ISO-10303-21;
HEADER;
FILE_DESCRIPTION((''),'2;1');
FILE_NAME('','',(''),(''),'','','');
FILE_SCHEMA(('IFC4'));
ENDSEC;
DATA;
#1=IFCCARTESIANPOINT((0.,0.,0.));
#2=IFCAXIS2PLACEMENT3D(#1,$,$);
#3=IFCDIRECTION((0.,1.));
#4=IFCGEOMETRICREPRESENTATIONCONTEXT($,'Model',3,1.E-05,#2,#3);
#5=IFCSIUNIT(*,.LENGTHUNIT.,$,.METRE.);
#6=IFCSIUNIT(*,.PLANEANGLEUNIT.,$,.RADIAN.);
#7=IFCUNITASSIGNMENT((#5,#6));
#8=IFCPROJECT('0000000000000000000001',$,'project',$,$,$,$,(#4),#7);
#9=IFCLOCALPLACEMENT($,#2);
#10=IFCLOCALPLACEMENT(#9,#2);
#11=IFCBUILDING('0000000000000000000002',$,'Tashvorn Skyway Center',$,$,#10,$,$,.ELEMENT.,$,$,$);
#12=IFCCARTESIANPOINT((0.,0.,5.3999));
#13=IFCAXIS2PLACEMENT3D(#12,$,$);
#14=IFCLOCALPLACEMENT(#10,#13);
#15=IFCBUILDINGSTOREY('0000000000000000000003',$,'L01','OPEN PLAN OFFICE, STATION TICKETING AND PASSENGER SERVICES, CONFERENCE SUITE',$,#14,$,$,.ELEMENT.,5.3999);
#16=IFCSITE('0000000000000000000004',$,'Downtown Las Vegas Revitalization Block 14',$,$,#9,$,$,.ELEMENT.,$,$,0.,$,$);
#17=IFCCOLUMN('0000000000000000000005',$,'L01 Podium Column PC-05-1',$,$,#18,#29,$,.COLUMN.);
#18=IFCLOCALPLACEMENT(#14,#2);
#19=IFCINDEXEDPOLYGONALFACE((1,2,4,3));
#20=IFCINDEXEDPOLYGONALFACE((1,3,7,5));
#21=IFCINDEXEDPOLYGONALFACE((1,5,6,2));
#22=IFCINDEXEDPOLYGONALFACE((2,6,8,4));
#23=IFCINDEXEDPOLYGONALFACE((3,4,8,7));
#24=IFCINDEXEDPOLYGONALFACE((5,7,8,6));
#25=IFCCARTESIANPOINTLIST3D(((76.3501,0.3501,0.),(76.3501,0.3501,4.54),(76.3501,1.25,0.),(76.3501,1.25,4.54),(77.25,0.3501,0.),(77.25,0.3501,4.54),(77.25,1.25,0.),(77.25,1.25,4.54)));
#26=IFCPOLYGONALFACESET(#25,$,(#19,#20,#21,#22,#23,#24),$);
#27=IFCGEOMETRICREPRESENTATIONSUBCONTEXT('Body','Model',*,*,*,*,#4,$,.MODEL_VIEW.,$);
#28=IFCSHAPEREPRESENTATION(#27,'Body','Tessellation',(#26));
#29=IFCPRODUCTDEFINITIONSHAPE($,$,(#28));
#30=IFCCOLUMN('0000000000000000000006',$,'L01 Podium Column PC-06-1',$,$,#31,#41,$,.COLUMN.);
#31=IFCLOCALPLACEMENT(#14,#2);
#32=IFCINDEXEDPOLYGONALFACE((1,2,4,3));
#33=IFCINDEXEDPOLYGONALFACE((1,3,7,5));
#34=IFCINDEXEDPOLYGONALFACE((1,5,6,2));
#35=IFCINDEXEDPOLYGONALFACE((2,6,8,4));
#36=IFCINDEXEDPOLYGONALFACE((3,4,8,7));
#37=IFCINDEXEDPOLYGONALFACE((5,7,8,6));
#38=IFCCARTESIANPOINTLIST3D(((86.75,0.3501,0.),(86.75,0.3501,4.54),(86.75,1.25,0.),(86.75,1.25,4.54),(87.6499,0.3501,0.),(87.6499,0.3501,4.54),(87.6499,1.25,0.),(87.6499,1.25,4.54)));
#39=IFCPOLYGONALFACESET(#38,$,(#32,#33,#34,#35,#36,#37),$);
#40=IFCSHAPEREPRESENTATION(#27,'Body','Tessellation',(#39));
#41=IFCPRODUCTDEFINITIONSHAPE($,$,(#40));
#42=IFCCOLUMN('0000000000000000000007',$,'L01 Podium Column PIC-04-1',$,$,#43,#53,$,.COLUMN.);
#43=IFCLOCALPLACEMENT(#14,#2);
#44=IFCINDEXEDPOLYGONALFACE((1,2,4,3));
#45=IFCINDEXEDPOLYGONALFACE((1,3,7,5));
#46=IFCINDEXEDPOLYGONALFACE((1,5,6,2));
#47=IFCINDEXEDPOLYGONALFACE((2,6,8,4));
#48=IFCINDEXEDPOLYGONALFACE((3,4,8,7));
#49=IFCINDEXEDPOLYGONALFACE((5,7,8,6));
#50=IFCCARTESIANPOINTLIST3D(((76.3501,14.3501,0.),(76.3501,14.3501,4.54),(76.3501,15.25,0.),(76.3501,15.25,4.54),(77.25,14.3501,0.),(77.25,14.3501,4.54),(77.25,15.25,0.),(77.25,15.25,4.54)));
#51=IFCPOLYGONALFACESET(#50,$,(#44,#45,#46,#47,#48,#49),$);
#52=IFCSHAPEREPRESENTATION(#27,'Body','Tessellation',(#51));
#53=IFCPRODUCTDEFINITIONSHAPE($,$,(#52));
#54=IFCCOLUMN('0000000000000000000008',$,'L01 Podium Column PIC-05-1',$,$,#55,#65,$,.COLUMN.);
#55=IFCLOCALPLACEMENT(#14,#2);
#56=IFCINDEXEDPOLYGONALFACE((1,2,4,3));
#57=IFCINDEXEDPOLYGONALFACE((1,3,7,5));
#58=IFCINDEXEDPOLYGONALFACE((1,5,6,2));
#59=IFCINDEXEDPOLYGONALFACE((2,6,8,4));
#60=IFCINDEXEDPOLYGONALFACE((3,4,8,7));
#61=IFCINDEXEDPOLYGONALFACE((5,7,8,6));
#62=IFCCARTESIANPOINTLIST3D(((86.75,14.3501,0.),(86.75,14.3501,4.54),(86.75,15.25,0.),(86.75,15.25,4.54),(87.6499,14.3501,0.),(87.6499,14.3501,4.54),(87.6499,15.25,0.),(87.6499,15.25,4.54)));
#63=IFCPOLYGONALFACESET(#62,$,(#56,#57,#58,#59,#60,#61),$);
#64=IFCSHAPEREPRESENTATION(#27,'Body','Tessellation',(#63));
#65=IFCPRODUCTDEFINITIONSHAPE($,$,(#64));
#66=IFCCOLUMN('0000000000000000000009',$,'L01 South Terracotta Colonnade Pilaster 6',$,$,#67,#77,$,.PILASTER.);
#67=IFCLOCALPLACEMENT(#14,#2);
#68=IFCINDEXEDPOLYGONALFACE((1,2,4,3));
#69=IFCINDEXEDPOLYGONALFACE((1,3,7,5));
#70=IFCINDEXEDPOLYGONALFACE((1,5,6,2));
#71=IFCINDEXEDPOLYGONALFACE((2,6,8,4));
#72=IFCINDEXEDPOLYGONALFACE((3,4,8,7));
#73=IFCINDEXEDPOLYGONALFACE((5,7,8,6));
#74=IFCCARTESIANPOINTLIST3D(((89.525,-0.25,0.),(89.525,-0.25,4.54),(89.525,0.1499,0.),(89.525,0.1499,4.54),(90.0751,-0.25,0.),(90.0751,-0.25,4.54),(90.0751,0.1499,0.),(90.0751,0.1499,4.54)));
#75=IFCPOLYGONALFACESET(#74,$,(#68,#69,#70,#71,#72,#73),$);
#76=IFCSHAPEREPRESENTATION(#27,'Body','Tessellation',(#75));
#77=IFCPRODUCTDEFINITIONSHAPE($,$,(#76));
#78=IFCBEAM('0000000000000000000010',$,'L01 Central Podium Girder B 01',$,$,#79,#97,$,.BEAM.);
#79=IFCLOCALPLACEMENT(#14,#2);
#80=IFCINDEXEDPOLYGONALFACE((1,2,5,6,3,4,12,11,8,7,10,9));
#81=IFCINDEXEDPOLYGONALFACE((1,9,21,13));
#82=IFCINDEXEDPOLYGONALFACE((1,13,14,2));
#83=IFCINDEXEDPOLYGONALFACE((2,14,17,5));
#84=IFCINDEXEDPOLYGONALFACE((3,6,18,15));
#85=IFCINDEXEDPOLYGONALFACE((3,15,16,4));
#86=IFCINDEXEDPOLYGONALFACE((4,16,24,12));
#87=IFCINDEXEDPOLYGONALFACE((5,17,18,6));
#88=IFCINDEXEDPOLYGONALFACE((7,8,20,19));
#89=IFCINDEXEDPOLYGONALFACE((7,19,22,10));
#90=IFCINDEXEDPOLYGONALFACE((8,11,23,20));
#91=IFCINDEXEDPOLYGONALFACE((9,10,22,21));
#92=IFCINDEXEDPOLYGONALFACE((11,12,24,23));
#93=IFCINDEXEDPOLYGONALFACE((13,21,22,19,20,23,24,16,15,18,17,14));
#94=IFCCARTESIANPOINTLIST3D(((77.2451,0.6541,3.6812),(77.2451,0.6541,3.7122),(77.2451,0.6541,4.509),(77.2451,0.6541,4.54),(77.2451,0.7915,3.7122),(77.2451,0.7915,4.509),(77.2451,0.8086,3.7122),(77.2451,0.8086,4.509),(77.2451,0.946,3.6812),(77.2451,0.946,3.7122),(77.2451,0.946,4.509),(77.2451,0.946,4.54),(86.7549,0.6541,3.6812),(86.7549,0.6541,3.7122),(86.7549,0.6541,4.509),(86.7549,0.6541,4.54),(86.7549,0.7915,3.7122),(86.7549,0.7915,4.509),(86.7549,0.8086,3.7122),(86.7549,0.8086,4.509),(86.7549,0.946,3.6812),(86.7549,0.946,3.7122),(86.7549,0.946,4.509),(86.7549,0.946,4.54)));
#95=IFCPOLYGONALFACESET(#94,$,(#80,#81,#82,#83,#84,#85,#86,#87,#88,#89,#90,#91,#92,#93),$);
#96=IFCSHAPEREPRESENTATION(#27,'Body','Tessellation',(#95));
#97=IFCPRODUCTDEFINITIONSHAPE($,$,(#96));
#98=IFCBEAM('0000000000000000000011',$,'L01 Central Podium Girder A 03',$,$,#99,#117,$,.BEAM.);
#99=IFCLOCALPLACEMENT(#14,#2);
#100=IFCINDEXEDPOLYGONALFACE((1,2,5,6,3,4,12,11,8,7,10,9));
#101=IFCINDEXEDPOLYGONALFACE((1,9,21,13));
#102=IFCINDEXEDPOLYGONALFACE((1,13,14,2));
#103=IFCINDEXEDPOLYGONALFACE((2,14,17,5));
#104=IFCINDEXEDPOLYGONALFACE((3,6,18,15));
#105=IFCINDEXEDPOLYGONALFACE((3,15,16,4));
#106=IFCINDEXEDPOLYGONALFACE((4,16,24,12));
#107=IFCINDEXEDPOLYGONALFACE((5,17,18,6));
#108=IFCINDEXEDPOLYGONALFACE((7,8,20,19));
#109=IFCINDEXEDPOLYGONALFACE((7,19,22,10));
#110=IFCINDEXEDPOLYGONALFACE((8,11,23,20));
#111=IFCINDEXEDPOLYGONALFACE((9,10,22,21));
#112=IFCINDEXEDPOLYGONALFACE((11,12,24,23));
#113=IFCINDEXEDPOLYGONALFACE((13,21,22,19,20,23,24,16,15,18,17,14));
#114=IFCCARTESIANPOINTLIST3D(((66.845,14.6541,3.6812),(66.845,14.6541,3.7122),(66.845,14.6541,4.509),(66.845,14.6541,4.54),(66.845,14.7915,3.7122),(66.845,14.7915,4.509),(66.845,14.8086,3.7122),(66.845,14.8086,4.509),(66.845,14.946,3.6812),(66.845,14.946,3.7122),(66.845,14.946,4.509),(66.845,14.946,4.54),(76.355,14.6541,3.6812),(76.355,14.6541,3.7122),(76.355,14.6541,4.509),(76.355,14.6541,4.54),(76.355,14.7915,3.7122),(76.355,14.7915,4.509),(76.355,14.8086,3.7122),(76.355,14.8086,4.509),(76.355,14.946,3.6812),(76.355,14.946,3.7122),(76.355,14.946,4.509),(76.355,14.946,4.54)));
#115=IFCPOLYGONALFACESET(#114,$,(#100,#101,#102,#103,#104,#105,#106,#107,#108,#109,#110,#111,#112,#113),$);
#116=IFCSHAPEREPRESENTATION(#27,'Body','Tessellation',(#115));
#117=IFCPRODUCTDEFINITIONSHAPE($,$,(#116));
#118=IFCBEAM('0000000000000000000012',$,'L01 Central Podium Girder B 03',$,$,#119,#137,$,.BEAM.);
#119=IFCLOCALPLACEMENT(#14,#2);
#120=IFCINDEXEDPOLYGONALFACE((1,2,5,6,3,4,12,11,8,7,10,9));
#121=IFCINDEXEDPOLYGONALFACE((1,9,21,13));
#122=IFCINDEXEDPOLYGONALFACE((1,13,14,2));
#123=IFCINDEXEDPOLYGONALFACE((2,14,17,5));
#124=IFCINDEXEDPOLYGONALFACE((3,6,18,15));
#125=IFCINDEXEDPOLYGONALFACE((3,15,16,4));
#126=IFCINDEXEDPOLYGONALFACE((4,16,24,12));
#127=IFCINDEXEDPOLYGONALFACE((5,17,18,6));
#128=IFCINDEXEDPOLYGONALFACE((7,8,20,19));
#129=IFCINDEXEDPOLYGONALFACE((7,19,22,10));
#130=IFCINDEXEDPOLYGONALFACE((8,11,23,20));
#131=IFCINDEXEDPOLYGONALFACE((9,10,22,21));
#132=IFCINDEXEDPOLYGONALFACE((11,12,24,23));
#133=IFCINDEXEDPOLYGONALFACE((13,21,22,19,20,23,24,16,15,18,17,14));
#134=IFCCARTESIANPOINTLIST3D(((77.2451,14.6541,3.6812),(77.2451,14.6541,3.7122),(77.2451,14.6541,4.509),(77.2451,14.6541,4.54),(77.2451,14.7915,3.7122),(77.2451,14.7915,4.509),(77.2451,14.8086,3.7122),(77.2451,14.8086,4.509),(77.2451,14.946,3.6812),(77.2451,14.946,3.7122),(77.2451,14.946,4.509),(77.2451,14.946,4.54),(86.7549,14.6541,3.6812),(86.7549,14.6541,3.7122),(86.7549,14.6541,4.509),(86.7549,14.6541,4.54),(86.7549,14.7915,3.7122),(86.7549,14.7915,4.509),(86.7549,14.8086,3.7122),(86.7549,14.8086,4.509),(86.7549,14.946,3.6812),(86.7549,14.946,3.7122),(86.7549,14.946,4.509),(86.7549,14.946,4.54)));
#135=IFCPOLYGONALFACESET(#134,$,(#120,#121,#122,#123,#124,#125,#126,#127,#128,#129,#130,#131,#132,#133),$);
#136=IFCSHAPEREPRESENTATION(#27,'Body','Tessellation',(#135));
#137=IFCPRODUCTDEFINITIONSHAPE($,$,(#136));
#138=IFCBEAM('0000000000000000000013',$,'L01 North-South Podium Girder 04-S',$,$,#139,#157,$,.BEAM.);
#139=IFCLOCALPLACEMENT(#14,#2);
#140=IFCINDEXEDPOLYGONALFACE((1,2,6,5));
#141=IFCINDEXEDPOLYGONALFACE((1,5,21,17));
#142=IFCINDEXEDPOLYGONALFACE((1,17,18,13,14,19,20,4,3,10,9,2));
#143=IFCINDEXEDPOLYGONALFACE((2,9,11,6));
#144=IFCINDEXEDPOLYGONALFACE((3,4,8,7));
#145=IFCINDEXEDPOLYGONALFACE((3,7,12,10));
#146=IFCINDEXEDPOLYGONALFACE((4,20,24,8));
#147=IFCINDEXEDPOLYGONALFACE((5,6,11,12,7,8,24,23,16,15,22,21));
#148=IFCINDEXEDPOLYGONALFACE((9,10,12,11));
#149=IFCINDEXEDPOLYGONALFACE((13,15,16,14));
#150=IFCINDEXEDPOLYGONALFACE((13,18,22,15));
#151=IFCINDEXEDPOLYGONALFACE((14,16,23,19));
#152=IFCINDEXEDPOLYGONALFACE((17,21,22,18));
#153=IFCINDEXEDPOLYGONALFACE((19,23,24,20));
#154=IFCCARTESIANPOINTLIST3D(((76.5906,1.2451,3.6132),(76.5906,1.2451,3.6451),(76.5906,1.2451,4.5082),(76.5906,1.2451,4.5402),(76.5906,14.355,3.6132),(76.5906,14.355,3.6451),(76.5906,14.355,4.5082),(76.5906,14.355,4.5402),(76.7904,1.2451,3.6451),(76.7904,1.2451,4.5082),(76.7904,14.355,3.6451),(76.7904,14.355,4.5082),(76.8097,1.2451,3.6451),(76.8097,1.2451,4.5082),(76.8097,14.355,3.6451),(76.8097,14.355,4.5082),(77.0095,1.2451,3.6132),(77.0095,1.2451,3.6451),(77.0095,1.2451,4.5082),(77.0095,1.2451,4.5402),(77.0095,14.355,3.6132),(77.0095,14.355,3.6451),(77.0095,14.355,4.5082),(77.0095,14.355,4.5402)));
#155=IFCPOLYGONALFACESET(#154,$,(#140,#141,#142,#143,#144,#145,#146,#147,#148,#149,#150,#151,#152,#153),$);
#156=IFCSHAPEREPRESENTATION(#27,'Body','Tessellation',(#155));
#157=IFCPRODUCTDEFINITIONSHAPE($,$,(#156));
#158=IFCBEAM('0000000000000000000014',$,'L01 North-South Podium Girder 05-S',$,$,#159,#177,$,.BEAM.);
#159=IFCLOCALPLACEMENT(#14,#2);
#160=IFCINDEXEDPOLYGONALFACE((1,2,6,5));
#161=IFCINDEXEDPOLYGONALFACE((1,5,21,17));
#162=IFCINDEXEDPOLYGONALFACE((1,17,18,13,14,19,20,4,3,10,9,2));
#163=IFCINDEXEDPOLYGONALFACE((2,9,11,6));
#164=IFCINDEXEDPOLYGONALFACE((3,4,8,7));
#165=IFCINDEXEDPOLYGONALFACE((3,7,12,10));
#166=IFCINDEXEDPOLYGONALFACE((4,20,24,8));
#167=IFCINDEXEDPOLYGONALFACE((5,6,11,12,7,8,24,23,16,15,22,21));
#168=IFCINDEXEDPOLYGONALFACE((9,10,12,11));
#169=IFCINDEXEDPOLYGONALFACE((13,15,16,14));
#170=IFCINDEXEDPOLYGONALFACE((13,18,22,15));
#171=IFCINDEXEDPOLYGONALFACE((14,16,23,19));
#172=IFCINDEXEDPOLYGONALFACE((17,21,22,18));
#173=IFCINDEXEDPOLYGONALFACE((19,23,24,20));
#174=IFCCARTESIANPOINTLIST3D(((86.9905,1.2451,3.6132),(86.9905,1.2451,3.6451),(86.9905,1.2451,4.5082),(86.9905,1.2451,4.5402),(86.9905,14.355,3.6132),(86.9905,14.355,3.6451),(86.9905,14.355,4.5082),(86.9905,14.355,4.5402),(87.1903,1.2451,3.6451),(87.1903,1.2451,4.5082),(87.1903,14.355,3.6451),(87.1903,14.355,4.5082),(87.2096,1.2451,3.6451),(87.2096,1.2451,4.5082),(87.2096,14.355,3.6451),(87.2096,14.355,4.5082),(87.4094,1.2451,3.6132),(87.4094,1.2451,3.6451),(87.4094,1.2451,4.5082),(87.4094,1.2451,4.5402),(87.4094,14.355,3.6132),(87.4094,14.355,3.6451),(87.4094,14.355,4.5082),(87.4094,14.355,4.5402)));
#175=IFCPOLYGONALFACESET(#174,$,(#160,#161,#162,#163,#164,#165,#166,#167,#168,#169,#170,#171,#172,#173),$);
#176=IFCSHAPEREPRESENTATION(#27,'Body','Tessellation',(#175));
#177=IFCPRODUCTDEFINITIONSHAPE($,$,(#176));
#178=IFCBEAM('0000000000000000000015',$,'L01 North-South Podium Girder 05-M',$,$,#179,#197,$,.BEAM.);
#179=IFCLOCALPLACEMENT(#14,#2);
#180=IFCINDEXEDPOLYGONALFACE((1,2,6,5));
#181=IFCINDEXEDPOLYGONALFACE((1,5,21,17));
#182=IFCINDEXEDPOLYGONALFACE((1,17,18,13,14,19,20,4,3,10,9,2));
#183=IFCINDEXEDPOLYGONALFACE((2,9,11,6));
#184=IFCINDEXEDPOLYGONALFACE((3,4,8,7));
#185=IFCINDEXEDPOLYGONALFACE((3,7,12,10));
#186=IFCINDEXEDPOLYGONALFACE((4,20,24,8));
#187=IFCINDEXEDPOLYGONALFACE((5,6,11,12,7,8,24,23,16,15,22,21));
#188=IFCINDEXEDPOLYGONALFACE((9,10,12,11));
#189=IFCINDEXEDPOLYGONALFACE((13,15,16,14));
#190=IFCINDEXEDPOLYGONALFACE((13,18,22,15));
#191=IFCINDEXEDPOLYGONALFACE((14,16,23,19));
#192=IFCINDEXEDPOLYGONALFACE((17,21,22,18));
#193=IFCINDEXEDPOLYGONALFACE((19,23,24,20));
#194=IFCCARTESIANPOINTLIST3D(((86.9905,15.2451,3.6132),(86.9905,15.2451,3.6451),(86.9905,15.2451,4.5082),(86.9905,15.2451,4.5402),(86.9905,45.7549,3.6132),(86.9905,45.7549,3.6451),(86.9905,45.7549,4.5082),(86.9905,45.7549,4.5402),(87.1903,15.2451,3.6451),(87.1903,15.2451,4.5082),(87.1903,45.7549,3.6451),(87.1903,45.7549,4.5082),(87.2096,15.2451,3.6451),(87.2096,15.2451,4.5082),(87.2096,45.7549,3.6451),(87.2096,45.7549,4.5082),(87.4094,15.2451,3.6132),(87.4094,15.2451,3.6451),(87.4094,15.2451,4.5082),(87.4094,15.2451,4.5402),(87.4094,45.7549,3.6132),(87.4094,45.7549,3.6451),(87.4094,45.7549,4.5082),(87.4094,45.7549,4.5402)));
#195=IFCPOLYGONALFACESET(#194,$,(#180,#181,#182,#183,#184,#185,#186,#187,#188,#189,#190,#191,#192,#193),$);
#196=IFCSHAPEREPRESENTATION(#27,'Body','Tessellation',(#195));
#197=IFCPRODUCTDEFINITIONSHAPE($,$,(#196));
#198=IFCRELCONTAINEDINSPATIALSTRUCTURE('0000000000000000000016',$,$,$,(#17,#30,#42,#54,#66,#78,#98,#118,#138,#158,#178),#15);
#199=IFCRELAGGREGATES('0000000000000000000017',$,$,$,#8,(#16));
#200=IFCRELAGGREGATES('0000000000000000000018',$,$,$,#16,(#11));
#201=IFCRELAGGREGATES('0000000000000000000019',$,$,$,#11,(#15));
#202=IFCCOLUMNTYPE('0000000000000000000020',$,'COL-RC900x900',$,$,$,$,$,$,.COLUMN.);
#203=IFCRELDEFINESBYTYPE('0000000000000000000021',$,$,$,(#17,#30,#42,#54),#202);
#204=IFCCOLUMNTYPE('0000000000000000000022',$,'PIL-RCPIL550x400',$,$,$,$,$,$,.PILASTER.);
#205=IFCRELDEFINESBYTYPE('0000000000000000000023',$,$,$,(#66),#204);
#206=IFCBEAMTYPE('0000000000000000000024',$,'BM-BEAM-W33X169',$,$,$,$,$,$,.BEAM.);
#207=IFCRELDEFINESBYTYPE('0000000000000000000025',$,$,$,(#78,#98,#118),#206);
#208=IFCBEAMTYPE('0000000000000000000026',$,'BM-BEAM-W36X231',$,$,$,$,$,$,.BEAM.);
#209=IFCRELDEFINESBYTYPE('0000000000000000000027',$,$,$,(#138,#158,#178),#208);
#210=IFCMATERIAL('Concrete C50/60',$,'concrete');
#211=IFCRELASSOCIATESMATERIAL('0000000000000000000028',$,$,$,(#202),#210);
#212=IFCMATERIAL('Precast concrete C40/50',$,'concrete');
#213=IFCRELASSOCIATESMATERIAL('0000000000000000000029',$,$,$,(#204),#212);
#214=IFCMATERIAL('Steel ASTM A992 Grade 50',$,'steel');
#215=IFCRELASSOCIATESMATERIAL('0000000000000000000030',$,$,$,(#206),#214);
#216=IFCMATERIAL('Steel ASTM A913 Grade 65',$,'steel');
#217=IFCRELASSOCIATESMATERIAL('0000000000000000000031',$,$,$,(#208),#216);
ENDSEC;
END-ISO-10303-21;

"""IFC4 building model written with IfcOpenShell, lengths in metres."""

from ifc_helpers import new_model, si_unit, direction, frame, origin, origin_2d, place, context, subcontext, project, spatial, rectangle, i_section, extrude, material, material_profile, profile_set, type_object, element, save


model = new_model("IFC4")

# Units and contexts
model_context = context("Model", 3, precision=1e-05, world=origin(), true_north=direction((0.0, 1.0)))
body_context = subcontext(model_context, "Body", "Model", "MODEL_VIEW")
ifc_project = project(units=[si_unit("LENGTHUNIT", "METRE"), si_unit("PLANEANGLEUNIT", "RADIAN")], contexts=[model_context])

# Site, building, storey
site_placement = place(None, origin())
site = spatial("IfcSite", under=ifc_project, at=site_placement, Name="Downtown Las Vegas Revitalization Block 14", CompositionType="ELEMENT", RefElevation=0.0)
building_placement = place(site_placement, origin())
building = spatial("IfcBuilding", under=site, at=building_placement, Name="Tashvorn Skyway Center", CompositionType="ELEMENT")
storey_placement = place(building_placement, frame((0.0, 0.0, 5.3999)))
storey = spatial("IfcBuildingStorey", under=building, at=storey_placement, Name="L01", Description="OPEN PLAN OFFICE, STATION TICKETING AND PASSENGER SERVICES, CONFERENCE SUITE", CompositionType="ELEMENT", Elevation=5.3999)

# Columns
ifc_material_1 = material(Name="Concrete C50/60", Category="concrete")
ifc_material_profile_1 = material_profile(ifc_material_1, rectangle(XDim=0.8999, YDim=0.8999, at=origin_2d()), Name="RC900x900")
ifc_profile_set_1 = profile_set([ifc_material_profile_1], Name="Concrete C50/60")
column_type_1 = type_object("IfcColumnType", Name="COL-RC900x900", PredefinedType="COLUMN", material=ifc_profile_set_1)
for number, where, z_axis, x_axis, name in (
    (1, (76.8, 0.8, 0.0), (0.0, 0.0, 1.0), (1.0, 0.0, 0.0), "L01 Podium Column PC-05-1"),
    (2, (87.2, 0.8, 0.0), (0.0, 0.0, 1.0), (1.0, 0.0, 0.0), "L01 Podium Column PC-06-1"),
    (3, (76.8, 14.8, 0.0), (0.0, 0.0, 1.0), (1.0, 0.0, 0.0), "L01 Podium Column PIC-04-1"),
    (4, (87.2, 14.8, 0.0), (0.0, 0.0, 1.0), (1.0, 0.0, 0.0), "L01 Podium Column PIC-05-1"),
):
    element("IfcColumn", number, at=place(storey_placement, frame(where, z_axis=z_axis, x_axis=x_axis)), inside=storey, type_object=column_type_1, Name=name, PredefinedType="COLUMN", context=body_context, shape_type="SweptSolid", body=[
        extrude(rectangle(XDim=0.8999, YDim=0.8999, at=origin_2d()), origin(), (0.0, 0.0, 1.0), 4.54),
    ])
ifc_material_2 = material(Name="Precast concrete C40/50", Category="concrete")
ifc_material_profile_2 = material_profile(ifc_material_2, rectangle(XDim=0.55, YDim=0.3999, at=origin_2d()), Name="RCPIL550x400")
ifc_profile_set_2 = profile_set([ifc_material_profile_2], Name="Precast concrete C40/50")
column_type_2 = type_object("IfcColumnType", Name="PIL-RCPIL550x400", PredefinedType="PILASTER", material=ifc_profile_set_2)
column_placement = place(storey_placement, frame((89.8, -0.05, 0.0), z_axis=(0.0, 0.0, 1.0), x_axis=(1.0, 0.0, 0.0)))
element("IfcColumn", 5, at=column_placement, inside=storey, type_object=column_type_2, Name="L01 South Terracotta Colonnade Pilaster 6", PredefinedType="PILASTER", context=body_context, shape_type="SweptSolid", body=[
    extrude(rectangle(XDim=0.55, YDim=0.3999, at=origin_2d()), origin(), (0.0, 0.0, 1.0), 4.54),
])

# Beams
ifc_material_3 = material(Name="Steel ASTM A992 Grade 50", Category="steel")
ifc_material_profile_3 = material_profile(ifc_material_3, i_section(OverallWidth=0.292, OverallDepth=0.8589, WebThickness=0.0171, FlangeThickness=0.031, at=origin_2d()), Name="W33X169")
ifc_profile_set_3 = profile_set([ifc_material_profile_3], Name="Steel ASTM A992 Grade 50")
beam_type_1 = type_object("IfcBeamType", Name="BM-BEAM-W33X169", PredefinedType="BEAM", material=ifc_profile_set_3)
beam_1_placement = place(storey_placement, frame((77.2451, 0.8, 4.1106), z_axis=(1.0, 0.0, 0.0), x_axis=(0.0, 1.0, 0.0)))
element("IfcBeam", 6, at=beam_1_placement, inside=storey, type_object=beam_type_1, Name="L01 Central Podium Girder B 01", PredefinedType="BEAM", context=body_context, shape_type="SweptSolid", body=[
    extrude(i_section(OverallWidth=0.292, OverallDepth=0.8589, WebThickness=0.0171, FlangeThickness=0.031, at=origin_2d()), origin(), (0.0, 0.0, 1.0), 9.5098),
])
beam_2_placement = place(storey_placement, frame((66.845, 14.8, 4.1106), z_axis=(1.0, 0.0, 0.0), x_axis=(0.0, 1.0, 0.0)))
element("IfcBeam", 7, at=beam_2_placement, inside=storey, type_object=beam_type_1, Name="L01 Central Podium Girder A 03", PredefinedType="BEAM", context=body_context, shape_type="SweptSolid", body=[
    extrude(i_section(OverallWidth=0.292, OverallDepth=0.8589, WebThickness=0.0171, FlangeThickness=0.031, at=origin_2d()), origin(), (0.0, 0.0, 1.0), 9.51),
])
beam_3_placement = place(storey_placement, frame((77.2451, 14.8, 4.1106), z_axis=(1.0, 0.0, 0.0), x_axis=(0.0, 1.0, 0.0)))
element("IfcBeam", 8, at=beam_3_placement, inside=storey, type_object=beam_type_1, Name="L01 Central Podium Girder B 03", PredefinedType="BEAM", context=body_context, shape_type="SweptSolid", body=[
    extrude(i_section(OverallWidth=0.292, OverallDepth=0.8589, WebThickness=0.0171, FlangeThickness=0.031, at=origin_2d()), origin(), (0.0, 0.0, 1.0), 9.5098),
])
ifc_material_4 = material(Name="Steel ASTM A913 Grade 65", Category="steel")
ifc_material_profile_4 = material_profile(ifc_material_4, i_section(OverallWidth=0.4189, OverallDepth=0.927, WebThickness=0.0193, FlangeThickness=0.032, at=origin_2d()), Name="W36X231")
ifc_profile_set_4 = profile_set([ifc_material_profile_4], Name="Steel ASTM A913 Grade 65")
beam_type_2 = type_object("IfcBeamType", Name="BM-BEAM-W36X231", PredefinedType="BEAM", material=ifc_profile_set_4)
for number, where, z_axis, x_axis, name in (
    (9, (76.8, 1.2451, 4.0767), (0.0, 1.0, 0.0), (-1.0, 0.0, 0.0), "L01 North-South Podium Girder 04-S"),
    (10, (87.2, 1.2451, 4.0767), (0.0, 1.0, 0.0), (-1.0, 0.0, 0.0), "L01 North-South Podium Girder 05-S"),
):
    element("IfcBeam", number, at=place(storey_placement, frame(where, z_axis=z_axis, x_axis=x_axis)), inside=storey, type_object=beam_type_2, Name=name, PredefinedType="BEAM", context=body_context, shape_type="SweptSolid", body=[
        extrude(i_section(OverallWidth=0.4189, OverallDepth=0.927, WebThickness=0.0193, FlangeThickness=0.032, at=origin_2d()), origin(), (0.0, 0.0, 1.0), 13.1099),
    ])
beam_4_placement = place(storey_placement, frame((87.2, 15.2451, 4.0767), z_axis=(0.0, 1.0, 0.0), x_axis=(-1.0, 0.0, 0.0)))
element("IfcBeam", 11, at=beam_4_placement, inside=storey, type_object=beam_type_2, Name="L01 North-South Podium Girder 05-M", PredefinedType="BEAM", context=body_context, shape_type="SweptSolid", body=[
    extrude(i_section(OverallWidth=0.4189, OverallDepth=0.927, WebThickness=0.0193, FlangeThickness=0.032, at=origin_2d()), origin(), (0.0, 0.0, 1.0), 30.5098),
])

save(model, "model.ifc")
